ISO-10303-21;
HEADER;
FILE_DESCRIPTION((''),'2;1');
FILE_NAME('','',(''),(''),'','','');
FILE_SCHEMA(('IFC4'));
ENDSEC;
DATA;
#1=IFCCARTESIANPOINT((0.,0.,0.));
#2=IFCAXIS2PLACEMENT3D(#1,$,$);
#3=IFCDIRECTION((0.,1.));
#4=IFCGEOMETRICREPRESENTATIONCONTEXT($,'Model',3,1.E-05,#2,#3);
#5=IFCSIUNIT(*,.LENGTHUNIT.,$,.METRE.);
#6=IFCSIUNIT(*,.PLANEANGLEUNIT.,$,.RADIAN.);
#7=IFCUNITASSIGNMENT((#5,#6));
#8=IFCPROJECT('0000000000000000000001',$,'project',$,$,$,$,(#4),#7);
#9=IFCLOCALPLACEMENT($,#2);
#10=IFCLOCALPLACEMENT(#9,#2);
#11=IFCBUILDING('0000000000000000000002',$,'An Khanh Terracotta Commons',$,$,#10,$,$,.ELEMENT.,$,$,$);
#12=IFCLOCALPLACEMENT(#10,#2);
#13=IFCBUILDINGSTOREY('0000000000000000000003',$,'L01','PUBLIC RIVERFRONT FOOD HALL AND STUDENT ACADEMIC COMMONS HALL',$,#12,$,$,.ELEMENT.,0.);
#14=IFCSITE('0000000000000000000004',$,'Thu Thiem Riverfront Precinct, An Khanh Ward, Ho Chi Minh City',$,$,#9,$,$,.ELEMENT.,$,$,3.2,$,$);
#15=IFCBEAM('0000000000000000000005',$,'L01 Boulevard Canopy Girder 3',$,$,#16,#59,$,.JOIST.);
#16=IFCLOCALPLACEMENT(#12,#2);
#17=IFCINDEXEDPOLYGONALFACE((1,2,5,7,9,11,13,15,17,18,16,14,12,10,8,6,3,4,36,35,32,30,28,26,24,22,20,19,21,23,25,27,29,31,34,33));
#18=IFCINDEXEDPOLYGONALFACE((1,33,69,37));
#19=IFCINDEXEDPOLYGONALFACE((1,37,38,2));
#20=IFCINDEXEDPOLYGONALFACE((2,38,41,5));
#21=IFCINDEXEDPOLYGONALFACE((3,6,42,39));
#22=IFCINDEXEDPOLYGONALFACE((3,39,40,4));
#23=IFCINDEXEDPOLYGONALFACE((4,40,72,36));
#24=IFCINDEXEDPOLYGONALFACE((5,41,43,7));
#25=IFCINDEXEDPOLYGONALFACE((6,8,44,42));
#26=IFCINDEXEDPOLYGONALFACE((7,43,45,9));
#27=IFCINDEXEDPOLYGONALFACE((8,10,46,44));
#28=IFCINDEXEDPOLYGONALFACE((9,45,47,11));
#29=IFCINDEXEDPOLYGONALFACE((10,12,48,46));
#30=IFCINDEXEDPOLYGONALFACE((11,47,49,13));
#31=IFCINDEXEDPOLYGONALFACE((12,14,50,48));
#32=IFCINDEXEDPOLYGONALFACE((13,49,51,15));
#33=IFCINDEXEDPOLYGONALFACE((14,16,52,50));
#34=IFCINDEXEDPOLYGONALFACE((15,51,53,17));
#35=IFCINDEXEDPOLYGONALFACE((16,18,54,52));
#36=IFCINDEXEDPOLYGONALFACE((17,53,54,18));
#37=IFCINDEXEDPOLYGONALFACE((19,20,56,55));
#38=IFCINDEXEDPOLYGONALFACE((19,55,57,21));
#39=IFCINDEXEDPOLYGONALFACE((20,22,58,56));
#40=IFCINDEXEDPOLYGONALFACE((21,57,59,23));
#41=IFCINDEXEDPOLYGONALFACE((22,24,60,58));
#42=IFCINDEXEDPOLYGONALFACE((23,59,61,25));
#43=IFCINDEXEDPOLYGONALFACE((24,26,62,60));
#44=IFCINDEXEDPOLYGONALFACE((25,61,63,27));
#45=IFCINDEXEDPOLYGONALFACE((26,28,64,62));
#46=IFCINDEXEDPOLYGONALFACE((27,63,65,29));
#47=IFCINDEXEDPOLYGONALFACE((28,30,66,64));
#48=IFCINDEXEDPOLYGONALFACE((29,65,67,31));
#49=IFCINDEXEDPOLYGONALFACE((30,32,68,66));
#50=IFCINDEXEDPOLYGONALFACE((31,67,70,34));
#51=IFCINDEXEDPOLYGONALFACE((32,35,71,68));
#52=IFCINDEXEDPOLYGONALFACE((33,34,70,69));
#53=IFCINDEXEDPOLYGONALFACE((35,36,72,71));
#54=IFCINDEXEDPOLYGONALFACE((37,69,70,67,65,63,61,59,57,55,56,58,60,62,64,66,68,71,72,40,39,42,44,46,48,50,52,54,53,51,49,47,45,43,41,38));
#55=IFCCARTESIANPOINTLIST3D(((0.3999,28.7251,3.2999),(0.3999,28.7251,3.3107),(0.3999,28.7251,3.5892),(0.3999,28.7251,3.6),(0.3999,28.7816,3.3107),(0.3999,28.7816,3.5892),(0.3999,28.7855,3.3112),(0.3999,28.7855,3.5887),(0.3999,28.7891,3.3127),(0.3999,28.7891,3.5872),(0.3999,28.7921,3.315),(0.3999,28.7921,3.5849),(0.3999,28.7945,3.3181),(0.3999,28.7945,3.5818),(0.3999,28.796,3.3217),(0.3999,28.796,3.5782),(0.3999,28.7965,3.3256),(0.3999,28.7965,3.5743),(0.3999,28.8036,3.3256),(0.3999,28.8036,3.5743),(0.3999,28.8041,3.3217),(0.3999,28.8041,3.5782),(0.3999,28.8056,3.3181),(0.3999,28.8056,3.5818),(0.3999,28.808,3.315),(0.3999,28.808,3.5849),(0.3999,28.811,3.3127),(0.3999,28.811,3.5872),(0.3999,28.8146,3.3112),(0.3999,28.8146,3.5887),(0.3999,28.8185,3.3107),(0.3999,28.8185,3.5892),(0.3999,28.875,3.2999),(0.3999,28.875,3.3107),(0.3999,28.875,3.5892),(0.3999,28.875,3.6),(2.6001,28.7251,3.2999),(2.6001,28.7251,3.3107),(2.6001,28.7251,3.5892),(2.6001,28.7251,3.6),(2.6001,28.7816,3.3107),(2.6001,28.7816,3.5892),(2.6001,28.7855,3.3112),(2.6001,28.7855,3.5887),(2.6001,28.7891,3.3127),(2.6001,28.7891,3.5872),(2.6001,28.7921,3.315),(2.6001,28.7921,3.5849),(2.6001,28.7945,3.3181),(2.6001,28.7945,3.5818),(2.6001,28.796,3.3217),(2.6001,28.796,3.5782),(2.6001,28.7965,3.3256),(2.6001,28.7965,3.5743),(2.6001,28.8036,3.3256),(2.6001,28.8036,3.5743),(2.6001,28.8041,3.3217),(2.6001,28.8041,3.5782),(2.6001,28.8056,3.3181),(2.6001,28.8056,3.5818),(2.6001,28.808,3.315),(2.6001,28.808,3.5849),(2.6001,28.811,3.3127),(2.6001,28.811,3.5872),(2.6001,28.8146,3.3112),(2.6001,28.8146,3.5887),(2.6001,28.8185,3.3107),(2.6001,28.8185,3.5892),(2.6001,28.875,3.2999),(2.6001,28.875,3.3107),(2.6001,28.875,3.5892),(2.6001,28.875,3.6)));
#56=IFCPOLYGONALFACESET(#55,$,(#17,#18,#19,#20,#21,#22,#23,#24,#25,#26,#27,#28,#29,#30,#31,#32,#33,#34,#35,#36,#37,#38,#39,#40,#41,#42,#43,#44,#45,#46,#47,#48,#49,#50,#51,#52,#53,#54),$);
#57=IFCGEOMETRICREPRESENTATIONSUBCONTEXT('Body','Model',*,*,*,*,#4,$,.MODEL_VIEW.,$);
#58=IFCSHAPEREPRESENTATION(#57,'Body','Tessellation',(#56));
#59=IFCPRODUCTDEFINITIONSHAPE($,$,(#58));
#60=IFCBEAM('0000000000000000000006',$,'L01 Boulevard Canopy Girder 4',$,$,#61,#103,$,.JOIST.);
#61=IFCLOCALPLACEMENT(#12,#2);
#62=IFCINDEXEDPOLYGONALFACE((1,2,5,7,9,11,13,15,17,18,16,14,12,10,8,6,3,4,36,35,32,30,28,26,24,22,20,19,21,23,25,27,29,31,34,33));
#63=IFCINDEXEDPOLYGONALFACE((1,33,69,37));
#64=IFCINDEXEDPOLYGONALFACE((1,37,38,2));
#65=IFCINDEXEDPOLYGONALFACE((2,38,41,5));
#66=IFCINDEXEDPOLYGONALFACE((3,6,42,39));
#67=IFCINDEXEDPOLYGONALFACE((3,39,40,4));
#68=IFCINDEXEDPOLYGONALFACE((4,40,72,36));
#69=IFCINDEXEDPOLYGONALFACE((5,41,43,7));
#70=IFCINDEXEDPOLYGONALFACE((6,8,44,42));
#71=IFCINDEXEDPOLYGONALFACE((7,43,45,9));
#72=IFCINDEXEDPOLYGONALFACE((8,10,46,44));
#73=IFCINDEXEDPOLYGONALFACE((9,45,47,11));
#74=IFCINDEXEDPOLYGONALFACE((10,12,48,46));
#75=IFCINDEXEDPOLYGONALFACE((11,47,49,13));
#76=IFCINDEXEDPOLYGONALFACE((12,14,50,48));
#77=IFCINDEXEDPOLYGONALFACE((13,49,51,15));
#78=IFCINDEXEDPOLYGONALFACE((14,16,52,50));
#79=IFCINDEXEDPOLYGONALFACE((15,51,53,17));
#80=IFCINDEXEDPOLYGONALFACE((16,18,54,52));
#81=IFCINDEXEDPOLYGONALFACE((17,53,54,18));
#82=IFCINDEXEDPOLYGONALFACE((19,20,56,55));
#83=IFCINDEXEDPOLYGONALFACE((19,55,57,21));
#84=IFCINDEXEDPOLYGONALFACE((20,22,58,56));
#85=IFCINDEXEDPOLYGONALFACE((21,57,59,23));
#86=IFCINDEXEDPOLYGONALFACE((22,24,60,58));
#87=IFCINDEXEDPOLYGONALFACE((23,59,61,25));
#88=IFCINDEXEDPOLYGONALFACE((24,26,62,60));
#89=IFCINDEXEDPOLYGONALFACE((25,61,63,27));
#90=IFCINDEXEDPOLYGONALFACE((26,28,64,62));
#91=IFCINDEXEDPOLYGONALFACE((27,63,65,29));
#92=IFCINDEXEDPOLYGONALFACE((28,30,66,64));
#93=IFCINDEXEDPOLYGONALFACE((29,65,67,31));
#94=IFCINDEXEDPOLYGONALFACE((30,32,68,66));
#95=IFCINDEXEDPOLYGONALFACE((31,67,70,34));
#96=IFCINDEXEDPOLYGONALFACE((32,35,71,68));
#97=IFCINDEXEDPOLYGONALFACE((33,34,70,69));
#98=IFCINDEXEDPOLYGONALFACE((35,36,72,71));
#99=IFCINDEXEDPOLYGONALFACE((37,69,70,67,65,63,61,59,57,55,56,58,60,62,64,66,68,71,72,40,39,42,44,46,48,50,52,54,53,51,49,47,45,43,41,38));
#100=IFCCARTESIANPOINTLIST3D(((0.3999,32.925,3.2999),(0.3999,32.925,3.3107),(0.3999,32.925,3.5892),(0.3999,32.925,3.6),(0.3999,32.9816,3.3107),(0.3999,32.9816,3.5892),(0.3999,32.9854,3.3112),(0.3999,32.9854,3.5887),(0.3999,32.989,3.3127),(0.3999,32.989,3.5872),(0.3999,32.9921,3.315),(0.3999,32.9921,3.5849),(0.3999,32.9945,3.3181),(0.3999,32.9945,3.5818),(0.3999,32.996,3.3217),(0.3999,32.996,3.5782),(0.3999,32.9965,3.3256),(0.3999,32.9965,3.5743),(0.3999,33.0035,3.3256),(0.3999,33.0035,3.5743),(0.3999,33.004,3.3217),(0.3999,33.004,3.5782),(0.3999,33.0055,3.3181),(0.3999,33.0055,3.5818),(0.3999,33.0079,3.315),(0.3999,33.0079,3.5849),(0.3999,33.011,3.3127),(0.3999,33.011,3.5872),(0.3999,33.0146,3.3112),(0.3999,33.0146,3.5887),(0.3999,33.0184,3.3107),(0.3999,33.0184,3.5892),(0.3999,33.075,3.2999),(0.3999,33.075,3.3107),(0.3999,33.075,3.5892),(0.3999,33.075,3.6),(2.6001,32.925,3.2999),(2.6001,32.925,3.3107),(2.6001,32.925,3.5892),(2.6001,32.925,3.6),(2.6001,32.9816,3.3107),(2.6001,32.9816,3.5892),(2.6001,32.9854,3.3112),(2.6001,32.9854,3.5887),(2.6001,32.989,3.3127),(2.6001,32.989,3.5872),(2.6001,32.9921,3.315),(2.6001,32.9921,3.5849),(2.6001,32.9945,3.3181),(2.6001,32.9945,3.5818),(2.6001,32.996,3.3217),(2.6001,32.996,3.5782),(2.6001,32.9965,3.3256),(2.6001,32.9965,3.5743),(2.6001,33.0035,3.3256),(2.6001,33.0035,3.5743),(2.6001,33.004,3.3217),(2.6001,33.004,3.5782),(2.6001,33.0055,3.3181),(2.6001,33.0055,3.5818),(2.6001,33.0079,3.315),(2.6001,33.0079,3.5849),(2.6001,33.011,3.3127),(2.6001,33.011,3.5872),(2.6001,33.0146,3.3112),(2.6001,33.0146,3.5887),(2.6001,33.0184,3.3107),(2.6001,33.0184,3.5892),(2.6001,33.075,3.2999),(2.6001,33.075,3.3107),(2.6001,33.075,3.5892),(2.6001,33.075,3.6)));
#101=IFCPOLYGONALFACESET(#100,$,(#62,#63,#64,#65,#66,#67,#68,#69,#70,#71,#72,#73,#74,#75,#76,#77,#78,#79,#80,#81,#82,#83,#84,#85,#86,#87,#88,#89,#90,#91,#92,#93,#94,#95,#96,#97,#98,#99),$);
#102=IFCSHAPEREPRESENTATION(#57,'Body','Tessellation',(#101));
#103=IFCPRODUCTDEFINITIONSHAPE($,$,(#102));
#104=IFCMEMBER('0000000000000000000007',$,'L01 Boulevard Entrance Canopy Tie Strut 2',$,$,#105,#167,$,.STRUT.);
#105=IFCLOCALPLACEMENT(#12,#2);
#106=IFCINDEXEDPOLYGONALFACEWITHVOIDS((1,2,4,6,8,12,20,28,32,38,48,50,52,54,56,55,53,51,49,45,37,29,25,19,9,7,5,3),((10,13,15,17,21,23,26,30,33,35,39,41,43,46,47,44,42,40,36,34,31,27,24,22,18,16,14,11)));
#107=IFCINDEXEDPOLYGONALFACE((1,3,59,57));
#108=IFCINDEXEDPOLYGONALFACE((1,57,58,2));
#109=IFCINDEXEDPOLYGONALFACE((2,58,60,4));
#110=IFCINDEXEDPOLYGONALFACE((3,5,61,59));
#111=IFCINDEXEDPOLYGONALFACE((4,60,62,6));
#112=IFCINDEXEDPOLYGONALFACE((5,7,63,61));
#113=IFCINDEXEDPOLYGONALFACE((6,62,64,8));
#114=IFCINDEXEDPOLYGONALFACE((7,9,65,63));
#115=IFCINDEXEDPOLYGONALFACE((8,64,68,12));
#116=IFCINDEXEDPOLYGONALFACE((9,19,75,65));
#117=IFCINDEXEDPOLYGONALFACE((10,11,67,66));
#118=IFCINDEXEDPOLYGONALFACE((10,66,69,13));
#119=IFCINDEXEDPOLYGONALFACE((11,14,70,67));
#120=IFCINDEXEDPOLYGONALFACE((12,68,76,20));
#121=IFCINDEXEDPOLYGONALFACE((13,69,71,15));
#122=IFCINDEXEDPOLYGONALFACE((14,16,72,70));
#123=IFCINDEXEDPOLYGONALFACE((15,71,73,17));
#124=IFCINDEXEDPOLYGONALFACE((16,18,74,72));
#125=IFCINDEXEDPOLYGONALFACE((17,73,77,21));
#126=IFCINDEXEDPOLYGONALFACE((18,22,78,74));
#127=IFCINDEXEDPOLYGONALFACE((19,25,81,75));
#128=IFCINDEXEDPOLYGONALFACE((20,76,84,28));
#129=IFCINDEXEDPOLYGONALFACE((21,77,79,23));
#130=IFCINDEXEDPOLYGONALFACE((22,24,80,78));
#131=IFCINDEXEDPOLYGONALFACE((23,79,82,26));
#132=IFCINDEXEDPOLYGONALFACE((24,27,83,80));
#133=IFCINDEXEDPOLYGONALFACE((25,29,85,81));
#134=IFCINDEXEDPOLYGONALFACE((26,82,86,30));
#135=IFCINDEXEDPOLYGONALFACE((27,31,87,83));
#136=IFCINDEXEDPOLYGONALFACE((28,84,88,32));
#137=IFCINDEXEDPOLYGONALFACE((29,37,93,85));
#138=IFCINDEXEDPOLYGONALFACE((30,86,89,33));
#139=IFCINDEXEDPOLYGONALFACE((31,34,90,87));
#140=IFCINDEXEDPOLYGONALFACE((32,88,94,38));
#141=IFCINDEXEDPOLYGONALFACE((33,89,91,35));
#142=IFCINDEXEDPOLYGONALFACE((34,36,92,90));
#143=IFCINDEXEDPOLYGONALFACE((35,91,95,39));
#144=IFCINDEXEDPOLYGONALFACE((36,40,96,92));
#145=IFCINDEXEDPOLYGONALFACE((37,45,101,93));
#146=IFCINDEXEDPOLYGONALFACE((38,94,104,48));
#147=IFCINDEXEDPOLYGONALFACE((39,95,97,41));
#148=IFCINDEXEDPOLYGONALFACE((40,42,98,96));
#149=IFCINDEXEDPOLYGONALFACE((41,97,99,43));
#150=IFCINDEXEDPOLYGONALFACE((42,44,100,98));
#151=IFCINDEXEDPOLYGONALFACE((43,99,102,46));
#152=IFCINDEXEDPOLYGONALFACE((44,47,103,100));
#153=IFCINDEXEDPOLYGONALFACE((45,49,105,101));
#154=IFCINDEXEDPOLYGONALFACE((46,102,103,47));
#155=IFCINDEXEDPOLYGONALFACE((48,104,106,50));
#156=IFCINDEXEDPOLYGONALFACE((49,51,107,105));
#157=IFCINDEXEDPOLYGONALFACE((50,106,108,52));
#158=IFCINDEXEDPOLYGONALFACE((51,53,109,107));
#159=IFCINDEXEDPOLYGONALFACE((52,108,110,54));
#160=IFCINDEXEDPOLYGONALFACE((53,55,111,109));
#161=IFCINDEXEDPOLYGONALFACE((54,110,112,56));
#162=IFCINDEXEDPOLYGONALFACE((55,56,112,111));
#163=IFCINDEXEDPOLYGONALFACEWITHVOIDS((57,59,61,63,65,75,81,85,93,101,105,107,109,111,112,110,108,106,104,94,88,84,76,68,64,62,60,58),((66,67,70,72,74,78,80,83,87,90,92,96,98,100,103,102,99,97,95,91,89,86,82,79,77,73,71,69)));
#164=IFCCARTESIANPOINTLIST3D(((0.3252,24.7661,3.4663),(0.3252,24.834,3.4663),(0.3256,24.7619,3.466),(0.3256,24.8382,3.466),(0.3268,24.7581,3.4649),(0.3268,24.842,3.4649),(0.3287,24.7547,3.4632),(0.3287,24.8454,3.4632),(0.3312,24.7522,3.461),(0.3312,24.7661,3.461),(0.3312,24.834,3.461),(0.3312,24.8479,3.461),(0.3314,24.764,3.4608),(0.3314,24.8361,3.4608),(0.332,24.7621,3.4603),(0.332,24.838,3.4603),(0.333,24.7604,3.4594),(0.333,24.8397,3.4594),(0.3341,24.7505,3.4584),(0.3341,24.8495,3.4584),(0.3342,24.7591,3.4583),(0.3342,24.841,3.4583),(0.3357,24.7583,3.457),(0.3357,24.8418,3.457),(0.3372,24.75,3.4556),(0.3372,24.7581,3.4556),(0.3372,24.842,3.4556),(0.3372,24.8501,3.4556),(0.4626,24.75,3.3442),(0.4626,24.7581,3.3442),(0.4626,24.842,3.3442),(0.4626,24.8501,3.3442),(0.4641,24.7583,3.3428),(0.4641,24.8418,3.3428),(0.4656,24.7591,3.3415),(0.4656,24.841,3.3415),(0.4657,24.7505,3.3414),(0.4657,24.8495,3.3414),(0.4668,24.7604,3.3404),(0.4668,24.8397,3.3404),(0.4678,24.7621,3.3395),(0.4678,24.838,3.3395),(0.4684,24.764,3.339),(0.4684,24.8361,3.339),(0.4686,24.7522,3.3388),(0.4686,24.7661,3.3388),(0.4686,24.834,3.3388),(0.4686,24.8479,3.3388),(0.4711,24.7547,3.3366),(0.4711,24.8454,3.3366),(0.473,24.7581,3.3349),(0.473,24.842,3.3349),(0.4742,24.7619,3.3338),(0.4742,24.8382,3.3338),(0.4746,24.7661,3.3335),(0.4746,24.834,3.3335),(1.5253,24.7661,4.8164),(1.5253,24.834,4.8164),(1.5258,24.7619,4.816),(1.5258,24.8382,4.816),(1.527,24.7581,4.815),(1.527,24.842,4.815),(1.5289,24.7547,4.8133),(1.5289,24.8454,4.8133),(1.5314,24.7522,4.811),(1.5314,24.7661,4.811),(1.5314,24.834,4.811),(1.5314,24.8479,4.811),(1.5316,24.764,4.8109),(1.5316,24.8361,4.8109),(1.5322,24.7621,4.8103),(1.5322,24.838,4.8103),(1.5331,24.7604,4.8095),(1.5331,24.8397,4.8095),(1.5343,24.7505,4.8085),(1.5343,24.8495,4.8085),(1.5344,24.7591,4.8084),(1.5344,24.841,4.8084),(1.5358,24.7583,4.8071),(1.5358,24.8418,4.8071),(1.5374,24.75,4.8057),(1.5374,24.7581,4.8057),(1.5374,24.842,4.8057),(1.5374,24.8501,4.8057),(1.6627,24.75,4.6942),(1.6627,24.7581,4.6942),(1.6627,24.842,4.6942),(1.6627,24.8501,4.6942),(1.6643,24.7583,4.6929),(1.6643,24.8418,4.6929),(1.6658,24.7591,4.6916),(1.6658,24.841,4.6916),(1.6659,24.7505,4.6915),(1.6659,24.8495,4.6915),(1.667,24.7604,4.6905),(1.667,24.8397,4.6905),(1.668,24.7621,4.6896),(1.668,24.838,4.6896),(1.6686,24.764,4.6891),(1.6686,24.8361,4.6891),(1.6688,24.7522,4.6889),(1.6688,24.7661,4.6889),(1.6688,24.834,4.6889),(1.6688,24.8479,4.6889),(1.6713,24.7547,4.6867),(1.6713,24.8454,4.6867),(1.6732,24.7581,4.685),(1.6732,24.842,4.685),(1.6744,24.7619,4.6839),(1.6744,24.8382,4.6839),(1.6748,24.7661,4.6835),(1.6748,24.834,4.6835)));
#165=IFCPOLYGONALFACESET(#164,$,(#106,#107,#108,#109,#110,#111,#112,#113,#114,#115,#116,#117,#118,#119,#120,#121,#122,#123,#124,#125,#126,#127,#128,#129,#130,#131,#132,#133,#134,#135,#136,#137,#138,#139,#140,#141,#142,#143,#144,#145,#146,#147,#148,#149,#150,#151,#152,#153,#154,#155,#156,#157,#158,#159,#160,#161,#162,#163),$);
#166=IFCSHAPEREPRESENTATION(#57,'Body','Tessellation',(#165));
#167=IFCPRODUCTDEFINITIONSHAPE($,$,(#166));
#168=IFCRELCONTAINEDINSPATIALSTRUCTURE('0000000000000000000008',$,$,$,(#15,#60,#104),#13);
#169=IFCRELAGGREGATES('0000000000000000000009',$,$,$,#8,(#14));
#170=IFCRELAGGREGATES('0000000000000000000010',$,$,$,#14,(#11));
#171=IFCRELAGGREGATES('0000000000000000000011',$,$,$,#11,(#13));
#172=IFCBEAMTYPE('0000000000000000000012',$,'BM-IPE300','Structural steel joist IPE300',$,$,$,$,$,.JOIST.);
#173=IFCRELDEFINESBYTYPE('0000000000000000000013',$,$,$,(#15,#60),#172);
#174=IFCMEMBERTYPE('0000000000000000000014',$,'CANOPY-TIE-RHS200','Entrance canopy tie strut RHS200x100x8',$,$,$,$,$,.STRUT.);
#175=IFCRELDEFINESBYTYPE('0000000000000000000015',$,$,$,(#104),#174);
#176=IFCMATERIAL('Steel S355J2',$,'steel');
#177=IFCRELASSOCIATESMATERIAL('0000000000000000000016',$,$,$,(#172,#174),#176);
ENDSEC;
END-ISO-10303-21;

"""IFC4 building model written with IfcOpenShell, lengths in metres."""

from ifc_helpers import new_model, si_unit, direction, frame, origin, origin_2d, place, context, subcontext, project, spatial, hollow_rectangle, i_section, extrude, material, material_profile, profile_set, type_object, element, save


model = new_model("IFC4")

# Units and contexts
model_context = context("Model", 3, precision=1e-05, world=origin(), true_north=direction((0.0, 1.0)))
body_context = subcontext(model_context, "Body", "Model", "MODEL_VIEW")
ifc_project = project(units=[si_unit("LENGTHUNIT", "METRE"), si_unit("PLANEANGLEUNIT", "RADIAN")], contexts=[model_context])

# Site, building, storey
site_placement = place(None, origin())
site = spatial("IfcSite", under=ifc_project, at=site_placement, Name="Thu Thiem Riverfront Precinct, An Khanh Ward, Ho Chi Minh City", CompositionType="ELEMENT", RefElevation=3.2)
building_placement = place(site_placement, origin())
building = spatial("IfcBuilding", under=site, at=building_placement, Name="An Khanh Terracotta Commons", CompositionType="ELEMENT")
storey_placement = place(building_placement, origin())
storey = spatial("IfcBuildingStorey", under=building, at=storey_placement, Name="L01", Description="PUBLIC RIVERFRONT FOOD HALL AND STUDENT ACADEMIC COMMONS HALL", CompositionType="ELEMENT", Elevation=0.0)

# Beams
ifc_material_1 = material(Name="Steel S355J2", Category="steel")
ifc_material_profile_1 = material_profile(ifc_material_1, i_section(OverallWidth=0.1499, OverallDepth=0.3, WebThickness=0.0071, FlangeThickness=0.0107, FilletRadius=0.0149, at=origin_2d()), Name="IPE300")
ifc_profile_set_1 = profile_set([ifc_material_profile_1], Name="Steel S355J2")
beam_type_1 = type_object("IfcBeamType", Name="BM-IPE300", Description="Structural steel joist IPE300", PredefinedType="JOIST", material=ifc_profile_set_1)
for number, where, z_axis, x_axis, name in (
    (1, (0.3999, 28.8, 3.45), (1.0, 0.0, 0.0), (0.0, 1.0, 0.0), "L01 Boulevard Canopy Girder 3"),
    (2, (0.3999, 33.0, 3.45), (1.0, 0.0, 0.0), (0.0, 1.0, 0.0), "L01 Boulevard Canopy Girder 4"),
):
    element("IfcBeam", number, at=place(storey_placement, frame(where, z_axis=z_axis, x_axis=x_axis)), inside=storey, type_object=beam_type_1, Name=name, PredefinedType="JOIST", context=body_context, shape_type="SweptSolid", body=[
        extrude(i_section(OverallWidth=0.1499, OverallDepth=0.3, WebThickness=0.0071, FlangeThickness=0.0107, FilletRadius=0.0149, at=origin_2d()), origin(), (0.0, 0.0, 1.0), 2.2002),
    ])

# Member
ifc_material_profile_2 = material_profile(ifc_material_1, hollow_rectangle(XDim=0.1001, YDim=0.2, WallThickness=0.0081, InnerFilletRadius=0.0081, OuterFilletRadius=0.0161, at=origin_2d()), Name="RHS200x100x8")
ifc_profile_set_2 = profile_set([ifc_material_profile_2], Name="Steel S355J2")
member_type = type_object("IfcMemberType", Name="CANOPY-TIE-RHS200", Description="Entrance canopy tie strut RHS200x100x8", PredefinedType="STRUT", material=ifc_profile_set_2)
for number, where, z_axis, x_axis, name in (
    (3, (0.3999, 24.8, 3.3999), (0.664397, 0.0, 0.747379), (0.0, 1.0, 0.0), "L01 Boulevard Entrance Canopy Tie Strut 2"),
):
    element("IfcMember", number, at=place(storey_placement, frame(where, z_axis=z_axis, x_axis=x_axis)), inside=storey, type_object=member_type, Name=name, PredefinedType="STRUT", context=body_context, shape_type="SweptSolid", body=[
        extrude(hollow_rectangle(XDim=0.1001, YDim=0.2, WallThickness=0.0081, InnerFilletRadius=0.0081, OuterFilletRadius=0.0161, at=origin_2d()), origin(), (0.0, 0.0, 1.0), 1.8064),
    ])

save(model, "model.ifc")
